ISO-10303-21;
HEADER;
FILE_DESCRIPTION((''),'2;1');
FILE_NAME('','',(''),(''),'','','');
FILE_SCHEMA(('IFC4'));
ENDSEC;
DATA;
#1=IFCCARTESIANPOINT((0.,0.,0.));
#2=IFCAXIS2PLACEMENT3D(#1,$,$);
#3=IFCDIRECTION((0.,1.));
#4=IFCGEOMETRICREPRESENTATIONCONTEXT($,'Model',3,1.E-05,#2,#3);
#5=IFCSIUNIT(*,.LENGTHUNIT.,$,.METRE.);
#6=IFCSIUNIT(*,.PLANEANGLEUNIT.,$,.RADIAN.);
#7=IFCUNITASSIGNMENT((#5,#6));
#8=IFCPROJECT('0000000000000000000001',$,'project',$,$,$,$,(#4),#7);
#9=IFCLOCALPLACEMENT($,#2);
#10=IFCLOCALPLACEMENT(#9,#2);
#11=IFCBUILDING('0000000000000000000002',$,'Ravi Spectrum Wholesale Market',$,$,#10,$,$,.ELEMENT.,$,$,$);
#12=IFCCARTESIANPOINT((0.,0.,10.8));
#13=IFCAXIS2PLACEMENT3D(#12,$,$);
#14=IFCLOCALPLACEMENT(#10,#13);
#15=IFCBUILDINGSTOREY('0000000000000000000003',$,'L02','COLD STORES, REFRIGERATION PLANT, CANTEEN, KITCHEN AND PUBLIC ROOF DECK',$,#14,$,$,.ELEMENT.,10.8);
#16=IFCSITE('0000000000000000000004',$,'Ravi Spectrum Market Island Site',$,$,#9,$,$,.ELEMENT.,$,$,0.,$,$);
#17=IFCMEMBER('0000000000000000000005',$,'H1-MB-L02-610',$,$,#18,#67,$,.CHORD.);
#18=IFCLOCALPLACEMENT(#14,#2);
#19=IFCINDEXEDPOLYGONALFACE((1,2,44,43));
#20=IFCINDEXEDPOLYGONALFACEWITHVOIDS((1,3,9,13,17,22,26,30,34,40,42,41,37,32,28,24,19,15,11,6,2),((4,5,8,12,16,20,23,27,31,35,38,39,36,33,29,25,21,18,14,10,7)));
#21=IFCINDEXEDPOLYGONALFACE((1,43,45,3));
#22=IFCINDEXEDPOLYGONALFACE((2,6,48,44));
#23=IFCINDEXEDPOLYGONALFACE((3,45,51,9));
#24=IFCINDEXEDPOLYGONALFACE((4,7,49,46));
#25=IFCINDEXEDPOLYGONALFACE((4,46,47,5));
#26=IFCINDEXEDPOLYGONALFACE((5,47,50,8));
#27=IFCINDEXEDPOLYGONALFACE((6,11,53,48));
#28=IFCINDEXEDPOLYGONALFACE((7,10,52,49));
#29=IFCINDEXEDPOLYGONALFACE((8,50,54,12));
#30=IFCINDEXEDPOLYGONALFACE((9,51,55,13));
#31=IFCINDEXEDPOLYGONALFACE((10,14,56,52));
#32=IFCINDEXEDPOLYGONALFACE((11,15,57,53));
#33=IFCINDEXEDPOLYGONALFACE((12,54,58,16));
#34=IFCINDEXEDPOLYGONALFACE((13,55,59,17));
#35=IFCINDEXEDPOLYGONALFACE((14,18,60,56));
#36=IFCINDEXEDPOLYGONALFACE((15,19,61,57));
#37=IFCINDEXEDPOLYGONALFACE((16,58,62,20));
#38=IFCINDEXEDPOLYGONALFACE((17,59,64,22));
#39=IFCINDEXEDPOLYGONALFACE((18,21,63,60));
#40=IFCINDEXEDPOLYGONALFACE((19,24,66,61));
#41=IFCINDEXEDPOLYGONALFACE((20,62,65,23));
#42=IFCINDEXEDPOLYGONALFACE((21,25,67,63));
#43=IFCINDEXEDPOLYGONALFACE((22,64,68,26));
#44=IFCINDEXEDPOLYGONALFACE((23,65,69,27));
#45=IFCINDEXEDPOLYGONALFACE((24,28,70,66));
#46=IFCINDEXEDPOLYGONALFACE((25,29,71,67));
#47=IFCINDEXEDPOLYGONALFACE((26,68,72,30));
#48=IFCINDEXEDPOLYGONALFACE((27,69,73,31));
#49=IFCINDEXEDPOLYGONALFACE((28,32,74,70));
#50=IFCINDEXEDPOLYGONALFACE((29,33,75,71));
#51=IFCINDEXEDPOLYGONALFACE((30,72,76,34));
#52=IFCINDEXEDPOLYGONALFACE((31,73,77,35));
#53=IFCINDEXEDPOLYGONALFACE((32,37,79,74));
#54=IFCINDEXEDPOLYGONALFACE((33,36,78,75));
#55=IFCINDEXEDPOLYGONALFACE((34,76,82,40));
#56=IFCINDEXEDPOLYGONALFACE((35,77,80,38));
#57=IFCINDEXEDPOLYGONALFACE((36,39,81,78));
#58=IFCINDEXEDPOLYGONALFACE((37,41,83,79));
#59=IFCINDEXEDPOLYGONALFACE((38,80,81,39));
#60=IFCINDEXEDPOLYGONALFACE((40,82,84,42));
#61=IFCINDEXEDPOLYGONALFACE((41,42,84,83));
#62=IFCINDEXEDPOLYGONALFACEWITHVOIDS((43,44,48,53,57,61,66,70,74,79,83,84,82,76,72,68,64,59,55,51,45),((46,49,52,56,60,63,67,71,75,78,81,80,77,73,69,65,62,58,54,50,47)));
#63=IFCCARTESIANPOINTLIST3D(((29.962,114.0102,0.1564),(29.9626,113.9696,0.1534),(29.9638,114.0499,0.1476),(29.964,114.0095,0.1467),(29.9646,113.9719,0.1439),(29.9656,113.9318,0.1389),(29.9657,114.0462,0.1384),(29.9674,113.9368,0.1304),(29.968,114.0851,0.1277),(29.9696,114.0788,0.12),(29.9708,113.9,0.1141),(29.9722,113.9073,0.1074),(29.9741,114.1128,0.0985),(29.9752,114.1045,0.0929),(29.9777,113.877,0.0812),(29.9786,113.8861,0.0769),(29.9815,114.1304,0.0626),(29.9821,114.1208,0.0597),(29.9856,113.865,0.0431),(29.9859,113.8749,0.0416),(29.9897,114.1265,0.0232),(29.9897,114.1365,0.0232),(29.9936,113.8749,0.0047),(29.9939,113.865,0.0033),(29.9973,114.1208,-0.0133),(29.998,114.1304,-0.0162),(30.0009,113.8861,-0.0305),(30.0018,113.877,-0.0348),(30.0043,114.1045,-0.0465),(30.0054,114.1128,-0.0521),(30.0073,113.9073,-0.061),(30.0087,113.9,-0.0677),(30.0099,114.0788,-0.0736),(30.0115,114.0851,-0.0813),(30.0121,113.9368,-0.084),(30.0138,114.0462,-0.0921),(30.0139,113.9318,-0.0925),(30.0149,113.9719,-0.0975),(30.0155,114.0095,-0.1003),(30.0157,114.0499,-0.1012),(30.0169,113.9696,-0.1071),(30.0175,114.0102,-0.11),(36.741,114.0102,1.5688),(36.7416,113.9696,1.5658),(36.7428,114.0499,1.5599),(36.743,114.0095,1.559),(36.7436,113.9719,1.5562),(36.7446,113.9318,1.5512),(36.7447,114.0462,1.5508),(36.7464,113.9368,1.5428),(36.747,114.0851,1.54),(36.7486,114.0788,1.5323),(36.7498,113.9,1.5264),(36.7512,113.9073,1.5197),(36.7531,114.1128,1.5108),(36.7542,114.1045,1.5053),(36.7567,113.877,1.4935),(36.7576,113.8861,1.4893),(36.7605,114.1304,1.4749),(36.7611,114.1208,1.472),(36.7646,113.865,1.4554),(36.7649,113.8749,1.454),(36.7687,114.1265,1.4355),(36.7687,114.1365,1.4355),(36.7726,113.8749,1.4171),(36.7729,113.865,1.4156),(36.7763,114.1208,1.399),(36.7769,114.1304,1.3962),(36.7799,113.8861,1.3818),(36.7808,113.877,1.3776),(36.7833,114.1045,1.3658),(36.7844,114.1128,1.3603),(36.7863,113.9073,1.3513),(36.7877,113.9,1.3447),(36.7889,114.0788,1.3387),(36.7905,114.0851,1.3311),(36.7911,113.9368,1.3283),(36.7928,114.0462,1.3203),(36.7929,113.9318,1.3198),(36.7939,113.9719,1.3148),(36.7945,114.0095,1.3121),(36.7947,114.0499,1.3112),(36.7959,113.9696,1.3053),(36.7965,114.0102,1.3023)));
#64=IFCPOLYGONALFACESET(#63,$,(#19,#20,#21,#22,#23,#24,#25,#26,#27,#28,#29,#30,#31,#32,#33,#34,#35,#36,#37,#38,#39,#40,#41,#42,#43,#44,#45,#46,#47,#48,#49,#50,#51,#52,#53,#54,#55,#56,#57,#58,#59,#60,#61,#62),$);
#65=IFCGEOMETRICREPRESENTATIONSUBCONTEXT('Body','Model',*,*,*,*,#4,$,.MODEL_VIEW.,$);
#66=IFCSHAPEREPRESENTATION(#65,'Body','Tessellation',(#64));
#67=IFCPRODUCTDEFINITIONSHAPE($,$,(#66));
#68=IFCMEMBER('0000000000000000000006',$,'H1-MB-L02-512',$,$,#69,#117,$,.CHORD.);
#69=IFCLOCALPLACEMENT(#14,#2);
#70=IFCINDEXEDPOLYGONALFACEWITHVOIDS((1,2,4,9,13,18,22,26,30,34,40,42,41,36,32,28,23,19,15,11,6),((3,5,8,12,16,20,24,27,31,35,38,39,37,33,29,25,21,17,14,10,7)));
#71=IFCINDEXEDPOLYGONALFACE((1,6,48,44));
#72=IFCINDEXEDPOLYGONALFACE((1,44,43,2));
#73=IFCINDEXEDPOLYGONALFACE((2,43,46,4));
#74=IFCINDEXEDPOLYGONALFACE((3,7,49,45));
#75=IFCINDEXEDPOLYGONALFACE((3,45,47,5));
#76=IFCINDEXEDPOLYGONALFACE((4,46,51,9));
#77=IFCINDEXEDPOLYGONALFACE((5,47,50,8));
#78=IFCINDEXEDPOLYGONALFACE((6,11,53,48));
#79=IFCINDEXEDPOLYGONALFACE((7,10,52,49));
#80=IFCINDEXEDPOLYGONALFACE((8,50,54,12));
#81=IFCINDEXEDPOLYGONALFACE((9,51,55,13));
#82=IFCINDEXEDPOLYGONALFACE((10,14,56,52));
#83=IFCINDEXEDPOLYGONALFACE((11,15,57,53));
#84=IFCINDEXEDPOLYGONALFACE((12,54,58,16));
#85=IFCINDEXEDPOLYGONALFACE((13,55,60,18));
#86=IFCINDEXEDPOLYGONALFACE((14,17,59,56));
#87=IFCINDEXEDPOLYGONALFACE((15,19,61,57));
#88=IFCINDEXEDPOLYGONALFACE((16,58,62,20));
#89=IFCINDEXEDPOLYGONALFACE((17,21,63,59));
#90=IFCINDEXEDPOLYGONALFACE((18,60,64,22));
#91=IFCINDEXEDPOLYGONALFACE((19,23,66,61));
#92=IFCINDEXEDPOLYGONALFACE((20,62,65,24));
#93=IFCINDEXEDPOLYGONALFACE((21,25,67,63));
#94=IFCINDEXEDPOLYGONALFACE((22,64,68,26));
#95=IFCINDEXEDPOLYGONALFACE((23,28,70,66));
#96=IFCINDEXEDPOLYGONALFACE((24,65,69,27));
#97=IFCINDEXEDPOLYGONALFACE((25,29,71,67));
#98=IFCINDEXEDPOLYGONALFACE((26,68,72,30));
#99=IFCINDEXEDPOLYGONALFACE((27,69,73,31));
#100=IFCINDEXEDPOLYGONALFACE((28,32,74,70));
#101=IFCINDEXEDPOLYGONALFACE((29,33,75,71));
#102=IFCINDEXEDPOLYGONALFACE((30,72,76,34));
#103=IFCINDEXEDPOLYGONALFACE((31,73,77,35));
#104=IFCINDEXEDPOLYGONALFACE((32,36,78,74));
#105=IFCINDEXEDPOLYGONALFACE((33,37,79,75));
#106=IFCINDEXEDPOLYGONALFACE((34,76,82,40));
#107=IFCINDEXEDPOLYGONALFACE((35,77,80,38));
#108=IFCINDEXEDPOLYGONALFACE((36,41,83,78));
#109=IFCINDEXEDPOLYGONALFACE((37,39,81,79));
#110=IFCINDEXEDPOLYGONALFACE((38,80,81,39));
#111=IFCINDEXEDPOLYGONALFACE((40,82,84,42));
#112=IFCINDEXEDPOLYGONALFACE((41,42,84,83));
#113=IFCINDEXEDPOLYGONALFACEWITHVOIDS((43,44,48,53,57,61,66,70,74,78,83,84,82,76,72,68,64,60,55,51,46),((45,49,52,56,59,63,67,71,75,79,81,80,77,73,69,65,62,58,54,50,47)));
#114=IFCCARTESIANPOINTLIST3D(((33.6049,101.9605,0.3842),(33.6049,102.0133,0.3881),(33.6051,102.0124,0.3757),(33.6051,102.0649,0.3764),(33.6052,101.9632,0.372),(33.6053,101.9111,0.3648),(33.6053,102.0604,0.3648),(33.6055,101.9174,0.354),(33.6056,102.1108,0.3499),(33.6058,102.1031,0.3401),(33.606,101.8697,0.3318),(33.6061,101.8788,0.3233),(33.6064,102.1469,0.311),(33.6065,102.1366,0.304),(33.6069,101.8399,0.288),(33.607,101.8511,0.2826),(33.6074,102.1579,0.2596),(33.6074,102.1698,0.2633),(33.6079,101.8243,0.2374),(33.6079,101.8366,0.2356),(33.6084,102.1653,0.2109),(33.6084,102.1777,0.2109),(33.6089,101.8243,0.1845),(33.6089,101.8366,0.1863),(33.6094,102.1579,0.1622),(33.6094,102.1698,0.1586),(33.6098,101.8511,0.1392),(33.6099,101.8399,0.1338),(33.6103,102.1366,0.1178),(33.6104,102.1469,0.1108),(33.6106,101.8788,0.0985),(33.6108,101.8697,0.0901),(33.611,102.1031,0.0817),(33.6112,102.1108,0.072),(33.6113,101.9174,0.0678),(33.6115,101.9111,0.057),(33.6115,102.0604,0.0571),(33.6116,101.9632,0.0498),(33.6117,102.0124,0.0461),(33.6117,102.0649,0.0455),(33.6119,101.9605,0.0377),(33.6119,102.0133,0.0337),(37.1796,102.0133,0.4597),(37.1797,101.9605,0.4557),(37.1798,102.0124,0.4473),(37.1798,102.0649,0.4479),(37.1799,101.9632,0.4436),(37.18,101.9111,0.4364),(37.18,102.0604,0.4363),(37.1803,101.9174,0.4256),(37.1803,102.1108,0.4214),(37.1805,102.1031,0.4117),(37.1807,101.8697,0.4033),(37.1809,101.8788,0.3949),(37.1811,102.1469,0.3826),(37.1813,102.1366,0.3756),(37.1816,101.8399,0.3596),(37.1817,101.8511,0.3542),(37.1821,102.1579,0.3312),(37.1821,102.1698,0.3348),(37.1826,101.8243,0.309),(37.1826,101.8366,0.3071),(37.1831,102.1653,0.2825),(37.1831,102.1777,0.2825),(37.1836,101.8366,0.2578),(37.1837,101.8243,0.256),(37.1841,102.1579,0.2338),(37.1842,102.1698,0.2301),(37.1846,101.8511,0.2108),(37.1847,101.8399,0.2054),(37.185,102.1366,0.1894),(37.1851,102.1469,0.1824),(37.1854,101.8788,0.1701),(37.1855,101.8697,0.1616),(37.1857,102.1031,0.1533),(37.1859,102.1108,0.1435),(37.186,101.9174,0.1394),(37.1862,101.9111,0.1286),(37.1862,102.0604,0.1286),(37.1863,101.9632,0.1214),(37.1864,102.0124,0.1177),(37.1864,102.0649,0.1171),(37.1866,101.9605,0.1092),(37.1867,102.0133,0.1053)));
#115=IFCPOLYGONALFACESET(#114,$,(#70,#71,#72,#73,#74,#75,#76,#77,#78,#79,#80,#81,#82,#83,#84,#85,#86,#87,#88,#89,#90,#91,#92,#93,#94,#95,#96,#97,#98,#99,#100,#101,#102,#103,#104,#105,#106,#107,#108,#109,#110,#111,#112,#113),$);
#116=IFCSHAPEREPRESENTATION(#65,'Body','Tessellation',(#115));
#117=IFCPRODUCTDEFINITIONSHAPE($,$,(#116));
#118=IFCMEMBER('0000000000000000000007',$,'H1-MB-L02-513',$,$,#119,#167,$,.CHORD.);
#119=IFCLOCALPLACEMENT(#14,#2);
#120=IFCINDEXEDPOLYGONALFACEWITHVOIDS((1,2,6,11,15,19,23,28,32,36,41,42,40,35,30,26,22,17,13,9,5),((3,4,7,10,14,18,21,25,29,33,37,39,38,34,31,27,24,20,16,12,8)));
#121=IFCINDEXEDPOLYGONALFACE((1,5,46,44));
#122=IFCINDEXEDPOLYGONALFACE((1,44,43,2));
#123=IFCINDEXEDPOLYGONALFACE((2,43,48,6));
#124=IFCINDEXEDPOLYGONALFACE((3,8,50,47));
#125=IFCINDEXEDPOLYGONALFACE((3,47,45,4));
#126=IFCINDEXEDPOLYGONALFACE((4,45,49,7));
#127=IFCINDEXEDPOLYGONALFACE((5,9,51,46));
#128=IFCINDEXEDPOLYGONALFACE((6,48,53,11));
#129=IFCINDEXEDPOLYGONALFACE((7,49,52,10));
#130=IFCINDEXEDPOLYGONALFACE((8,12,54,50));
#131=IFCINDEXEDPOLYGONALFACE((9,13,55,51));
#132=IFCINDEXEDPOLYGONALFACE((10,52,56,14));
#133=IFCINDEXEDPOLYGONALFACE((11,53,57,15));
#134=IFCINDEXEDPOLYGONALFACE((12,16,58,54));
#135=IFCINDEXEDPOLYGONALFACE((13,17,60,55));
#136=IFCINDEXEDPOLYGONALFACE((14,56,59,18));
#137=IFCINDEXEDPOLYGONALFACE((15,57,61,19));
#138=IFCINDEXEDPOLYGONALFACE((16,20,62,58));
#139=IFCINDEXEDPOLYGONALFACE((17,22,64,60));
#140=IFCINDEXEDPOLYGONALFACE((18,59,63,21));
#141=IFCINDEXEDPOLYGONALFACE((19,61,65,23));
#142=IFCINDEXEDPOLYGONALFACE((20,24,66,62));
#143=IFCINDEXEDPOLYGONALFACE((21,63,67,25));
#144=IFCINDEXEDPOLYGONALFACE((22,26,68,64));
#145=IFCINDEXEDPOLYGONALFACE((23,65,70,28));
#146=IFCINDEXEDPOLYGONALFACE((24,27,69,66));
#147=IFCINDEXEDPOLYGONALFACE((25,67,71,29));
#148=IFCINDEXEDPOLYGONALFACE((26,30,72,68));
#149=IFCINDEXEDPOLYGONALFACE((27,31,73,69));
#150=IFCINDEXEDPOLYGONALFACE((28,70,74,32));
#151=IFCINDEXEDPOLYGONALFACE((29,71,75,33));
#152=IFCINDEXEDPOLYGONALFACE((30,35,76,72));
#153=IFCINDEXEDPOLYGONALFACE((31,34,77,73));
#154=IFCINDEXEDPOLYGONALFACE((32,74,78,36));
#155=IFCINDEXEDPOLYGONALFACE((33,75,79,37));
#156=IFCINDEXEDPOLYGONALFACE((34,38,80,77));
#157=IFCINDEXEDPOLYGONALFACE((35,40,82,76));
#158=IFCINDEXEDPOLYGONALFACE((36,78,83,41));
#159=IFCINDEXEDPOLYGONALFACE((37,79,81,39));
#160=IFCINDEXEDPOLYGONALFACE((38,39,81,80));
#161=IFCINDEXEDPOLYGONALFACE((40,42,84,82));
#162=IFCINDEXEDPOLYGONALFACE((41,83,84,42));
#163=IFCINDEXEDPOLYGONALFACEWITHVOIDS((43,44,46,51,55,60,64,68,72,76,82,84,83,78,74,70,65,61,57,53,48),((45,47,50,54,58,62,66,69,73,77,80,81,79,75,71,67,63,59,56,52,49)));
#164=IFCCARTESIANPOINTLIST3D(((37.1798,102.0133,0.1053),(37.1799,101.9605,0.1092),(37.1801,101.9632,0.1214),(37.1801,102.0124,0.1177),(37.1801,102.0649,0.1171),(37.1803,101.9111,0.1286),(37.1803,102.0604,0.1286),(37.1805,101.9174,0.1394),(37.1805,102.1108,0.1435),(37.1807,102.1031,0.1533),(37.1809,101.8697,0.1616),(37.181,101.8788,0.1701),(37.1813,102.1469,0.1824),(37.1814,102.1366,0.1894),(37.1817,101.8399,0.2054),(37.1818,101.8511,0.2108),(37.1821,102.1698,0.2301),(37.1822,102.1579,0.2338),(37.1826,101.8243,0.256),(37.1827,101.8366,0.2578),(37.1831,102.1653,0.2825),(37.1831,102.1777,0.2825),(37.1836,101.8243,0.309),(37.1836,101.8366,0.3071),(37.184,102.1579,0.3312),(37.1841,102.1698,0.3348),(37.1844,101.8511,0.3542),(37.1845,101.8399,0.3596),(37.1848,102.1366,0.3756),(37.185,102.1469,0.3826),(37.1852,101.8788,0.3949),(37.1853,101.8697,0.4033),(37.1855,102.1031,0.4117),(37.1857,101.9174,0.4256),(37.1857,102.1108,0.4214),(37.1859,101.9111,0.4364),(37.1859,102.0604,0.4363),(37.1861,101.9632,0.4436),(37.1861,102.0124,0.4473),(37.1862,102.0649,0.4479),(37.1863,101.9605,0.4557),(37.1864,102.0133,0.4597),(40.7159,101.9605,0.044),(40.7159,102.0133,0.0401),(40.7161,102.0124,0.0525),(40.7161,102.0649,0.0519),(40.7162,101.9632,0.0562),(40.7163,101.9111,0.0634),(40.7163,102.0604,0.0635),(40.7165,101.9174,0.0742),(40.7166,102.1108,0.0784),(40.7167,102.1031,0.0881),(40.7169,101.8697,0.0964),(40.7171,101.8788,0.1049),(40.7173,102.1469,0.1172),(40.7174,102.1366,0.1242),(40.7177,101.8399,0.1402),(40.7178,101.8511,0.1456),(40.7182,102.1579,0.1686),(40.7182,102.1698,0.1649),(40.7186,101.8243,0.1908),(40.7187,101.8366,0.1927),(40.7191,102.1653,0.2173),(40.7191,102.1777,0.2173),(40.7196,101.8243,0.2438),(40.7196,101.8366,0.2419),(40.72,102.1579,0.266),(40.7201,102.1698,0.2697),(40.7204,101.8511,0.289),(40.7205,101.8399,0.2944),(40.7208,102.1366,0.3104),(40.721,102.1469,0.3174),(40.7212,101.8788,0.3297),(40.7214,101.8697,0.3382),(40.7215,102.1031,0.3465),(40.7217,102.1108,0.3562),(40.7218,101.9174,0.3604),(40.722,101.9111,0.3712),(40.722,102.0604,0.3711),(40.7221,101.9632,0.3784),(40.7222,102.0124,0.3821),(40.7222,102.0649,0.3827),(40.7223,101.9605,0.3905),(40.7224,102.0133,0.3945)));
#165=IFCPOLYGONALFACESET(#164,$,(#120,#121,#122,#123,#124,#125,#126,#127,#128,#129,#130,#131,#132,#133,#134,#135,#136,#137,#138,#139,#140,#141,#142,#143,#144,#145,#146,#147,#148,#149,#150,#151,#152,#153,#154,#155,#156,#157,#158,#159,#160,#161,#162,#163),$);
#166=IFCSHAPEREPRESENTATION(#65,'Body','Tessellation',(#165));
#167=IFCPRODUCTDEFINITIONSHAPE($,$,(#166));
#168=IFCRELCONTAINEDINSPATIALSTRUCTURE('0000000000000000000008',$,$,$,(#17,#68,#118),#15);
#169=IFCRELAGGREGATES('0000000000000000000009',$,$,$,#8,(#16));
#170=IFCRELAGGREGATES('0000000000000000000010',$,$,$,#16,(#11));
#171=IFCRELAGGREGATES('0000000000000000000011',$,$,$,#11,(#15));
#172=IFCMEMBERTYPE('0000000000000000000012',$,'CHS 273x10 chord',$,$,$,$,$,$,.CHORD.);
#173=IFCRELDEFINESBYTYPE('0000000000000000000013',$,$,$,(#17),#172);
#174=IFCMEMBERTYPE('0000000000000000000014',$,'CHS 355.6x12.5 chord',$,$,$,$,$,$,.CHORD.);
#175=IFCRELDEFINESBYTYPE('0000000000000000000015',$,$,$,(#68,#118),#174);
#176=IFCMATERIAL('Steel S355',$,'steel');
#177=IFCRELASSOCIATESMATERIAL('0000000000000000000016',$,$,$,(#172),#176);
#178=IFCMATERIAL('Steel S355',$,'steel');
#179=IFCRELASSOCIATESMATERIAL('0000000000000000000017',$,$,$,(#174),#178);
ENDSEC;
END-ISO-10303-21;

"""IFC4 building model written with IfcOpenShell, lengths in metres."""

from ifc_helpers import new_model, si_unit, direction, frame, origin, origin_2d, place, context, subcontext, project, spatial, hollow_circle, extrude, material, material_profile, profile_set, type_object, element, save


model = new_model("IFC4")

# Units and contexts
model_context = context("Model", 3, precision=1e-05, world=origin(), true_north=direction((0.0, 1.0)))
body_context = subcontext(model_context, "Body", "Model", "MODEL_VIEW")
ifc_project = project(units=[si_unit("LENGTHUNIT", "METRE"), si_unit("PLANEANGLEUNIT", "RADIAN")], contexts=[model_context])

# Site, building, storey
site_placement = place(None, origin())
site = spatial("IfcSite", under=ifc_project, at=site_placement, Name="Ravi Spectrum Market Island Site", CompositionType="ELEMENT", RefElevation=0.0)
building_placement = place(site_placement, origin())
building = spatial("IfcBuilding", under=site, at=building_placement, Name="Ravi Spectrum Wholesale Market", CompositionType="ELEMENT")
storey_placement = place(building_placement, frame((0.0, 0.0, 10.8)))
storey = spatial("IfcBuildingStorey", under=building, at=storey_placement, Name="L02", Description="COLD STORES, REFRIGERATION PLANT, CANTEEN, KITCHEN AND PUBLIC ROOF DECK", CompositionType="ELEMENT", Elevation=10.8)

# Members
ifc_material_1 = material(Name="Steel S355", Category="steel")
ifc_material_profile_1 = material_profile(ifc_material_1, hollow_circle(Radius=0.1365, WallThickness=0.01, at=origin_2d()))
ifc_profile_set_1 = profile_set([ifc_material_profile_1], Name="Steel S355")
member_type_1 = type_object("IfcMemberType", Name="CHS 273x10 chord", PredefinedType="CHORD", material=ifc_profile_set_1)
member_1_placement = place(storey_placement, frame((29.9897, 114.0, 0.0232), z_axis=(0.978979, 0.0, 0.203961), x_axis=(0.0, 1.0, 0.0)))
element("IfcMember", 1, at=member_1_placement, inside=storey, type_object=member_type_1, Name="H1-MB-L02-610", PredefinedType="CHORD", context=body_context, shape_type="SweptSolid", body=[
    extrude(hollow_circle(Radius=0.1365, WallThickness=0.01, at=origin_2d()), origin(), (0.0, 0.0, 1.0), 6.9246),
])
ifc_material_2 = material(Name="Steel S355", Category="steel")
ifc_material_profile_2 = material_profile(ifc_material_2, hollow_circle(Radius=0.1777, WallThickness=0.0125, at=origin_2d()))
ifc_profile_set_2 = profile_set([ifc_material_profile_2], Name="Steel S355")
member_type_2 = type_object("IfcMemberType", Name="CHS 355.6x12.5 chord", PredefinedType="CHORD", material=ifc_profile_set_2)
member_2_placement = place(storey_placement, frame((33.6084, 102.0, 0.2109), z_axis=(0.9998, 0.0, 0.020007), x_axis=(0.0, 1.0, 0.0)))
element("IfcMember", 2, at=member_2_placement, inside=storey, type_object=member_type_2, Name="H1-MB-L02-512", PredefinedType="CHORD", context=body_context, shape_type="SweptSolid", body=[
    extrude(hollow_circle(Radius=0.1777, WallThickness=0.0125, at=origin_2d()), origin(), (0.0, 0.0, 1.0), 3.5754),
])
member_3_placement = place(storey_placement, frame((37.1831, 102.0, 0.2825), z_axis=(0.99983, 0.0, -0.018431), x_axis=(0.0, 1.0, 0.0)))
element("IfcMember", 3, at=member_3_placement, inside=storey, type_object=member_type_2, Name="H1-MB-L02-513", PredefinedType="CHORD", context=body_context, shape_type="SweptSolid", body=[
    extrude(hollow_circle(Radius=0.1777, WallThickness=0.0125, at=origin_2d()), origin(), (0.0, 0.0, 1.0), 3.5366),
])

save(model, "model.ifc")
